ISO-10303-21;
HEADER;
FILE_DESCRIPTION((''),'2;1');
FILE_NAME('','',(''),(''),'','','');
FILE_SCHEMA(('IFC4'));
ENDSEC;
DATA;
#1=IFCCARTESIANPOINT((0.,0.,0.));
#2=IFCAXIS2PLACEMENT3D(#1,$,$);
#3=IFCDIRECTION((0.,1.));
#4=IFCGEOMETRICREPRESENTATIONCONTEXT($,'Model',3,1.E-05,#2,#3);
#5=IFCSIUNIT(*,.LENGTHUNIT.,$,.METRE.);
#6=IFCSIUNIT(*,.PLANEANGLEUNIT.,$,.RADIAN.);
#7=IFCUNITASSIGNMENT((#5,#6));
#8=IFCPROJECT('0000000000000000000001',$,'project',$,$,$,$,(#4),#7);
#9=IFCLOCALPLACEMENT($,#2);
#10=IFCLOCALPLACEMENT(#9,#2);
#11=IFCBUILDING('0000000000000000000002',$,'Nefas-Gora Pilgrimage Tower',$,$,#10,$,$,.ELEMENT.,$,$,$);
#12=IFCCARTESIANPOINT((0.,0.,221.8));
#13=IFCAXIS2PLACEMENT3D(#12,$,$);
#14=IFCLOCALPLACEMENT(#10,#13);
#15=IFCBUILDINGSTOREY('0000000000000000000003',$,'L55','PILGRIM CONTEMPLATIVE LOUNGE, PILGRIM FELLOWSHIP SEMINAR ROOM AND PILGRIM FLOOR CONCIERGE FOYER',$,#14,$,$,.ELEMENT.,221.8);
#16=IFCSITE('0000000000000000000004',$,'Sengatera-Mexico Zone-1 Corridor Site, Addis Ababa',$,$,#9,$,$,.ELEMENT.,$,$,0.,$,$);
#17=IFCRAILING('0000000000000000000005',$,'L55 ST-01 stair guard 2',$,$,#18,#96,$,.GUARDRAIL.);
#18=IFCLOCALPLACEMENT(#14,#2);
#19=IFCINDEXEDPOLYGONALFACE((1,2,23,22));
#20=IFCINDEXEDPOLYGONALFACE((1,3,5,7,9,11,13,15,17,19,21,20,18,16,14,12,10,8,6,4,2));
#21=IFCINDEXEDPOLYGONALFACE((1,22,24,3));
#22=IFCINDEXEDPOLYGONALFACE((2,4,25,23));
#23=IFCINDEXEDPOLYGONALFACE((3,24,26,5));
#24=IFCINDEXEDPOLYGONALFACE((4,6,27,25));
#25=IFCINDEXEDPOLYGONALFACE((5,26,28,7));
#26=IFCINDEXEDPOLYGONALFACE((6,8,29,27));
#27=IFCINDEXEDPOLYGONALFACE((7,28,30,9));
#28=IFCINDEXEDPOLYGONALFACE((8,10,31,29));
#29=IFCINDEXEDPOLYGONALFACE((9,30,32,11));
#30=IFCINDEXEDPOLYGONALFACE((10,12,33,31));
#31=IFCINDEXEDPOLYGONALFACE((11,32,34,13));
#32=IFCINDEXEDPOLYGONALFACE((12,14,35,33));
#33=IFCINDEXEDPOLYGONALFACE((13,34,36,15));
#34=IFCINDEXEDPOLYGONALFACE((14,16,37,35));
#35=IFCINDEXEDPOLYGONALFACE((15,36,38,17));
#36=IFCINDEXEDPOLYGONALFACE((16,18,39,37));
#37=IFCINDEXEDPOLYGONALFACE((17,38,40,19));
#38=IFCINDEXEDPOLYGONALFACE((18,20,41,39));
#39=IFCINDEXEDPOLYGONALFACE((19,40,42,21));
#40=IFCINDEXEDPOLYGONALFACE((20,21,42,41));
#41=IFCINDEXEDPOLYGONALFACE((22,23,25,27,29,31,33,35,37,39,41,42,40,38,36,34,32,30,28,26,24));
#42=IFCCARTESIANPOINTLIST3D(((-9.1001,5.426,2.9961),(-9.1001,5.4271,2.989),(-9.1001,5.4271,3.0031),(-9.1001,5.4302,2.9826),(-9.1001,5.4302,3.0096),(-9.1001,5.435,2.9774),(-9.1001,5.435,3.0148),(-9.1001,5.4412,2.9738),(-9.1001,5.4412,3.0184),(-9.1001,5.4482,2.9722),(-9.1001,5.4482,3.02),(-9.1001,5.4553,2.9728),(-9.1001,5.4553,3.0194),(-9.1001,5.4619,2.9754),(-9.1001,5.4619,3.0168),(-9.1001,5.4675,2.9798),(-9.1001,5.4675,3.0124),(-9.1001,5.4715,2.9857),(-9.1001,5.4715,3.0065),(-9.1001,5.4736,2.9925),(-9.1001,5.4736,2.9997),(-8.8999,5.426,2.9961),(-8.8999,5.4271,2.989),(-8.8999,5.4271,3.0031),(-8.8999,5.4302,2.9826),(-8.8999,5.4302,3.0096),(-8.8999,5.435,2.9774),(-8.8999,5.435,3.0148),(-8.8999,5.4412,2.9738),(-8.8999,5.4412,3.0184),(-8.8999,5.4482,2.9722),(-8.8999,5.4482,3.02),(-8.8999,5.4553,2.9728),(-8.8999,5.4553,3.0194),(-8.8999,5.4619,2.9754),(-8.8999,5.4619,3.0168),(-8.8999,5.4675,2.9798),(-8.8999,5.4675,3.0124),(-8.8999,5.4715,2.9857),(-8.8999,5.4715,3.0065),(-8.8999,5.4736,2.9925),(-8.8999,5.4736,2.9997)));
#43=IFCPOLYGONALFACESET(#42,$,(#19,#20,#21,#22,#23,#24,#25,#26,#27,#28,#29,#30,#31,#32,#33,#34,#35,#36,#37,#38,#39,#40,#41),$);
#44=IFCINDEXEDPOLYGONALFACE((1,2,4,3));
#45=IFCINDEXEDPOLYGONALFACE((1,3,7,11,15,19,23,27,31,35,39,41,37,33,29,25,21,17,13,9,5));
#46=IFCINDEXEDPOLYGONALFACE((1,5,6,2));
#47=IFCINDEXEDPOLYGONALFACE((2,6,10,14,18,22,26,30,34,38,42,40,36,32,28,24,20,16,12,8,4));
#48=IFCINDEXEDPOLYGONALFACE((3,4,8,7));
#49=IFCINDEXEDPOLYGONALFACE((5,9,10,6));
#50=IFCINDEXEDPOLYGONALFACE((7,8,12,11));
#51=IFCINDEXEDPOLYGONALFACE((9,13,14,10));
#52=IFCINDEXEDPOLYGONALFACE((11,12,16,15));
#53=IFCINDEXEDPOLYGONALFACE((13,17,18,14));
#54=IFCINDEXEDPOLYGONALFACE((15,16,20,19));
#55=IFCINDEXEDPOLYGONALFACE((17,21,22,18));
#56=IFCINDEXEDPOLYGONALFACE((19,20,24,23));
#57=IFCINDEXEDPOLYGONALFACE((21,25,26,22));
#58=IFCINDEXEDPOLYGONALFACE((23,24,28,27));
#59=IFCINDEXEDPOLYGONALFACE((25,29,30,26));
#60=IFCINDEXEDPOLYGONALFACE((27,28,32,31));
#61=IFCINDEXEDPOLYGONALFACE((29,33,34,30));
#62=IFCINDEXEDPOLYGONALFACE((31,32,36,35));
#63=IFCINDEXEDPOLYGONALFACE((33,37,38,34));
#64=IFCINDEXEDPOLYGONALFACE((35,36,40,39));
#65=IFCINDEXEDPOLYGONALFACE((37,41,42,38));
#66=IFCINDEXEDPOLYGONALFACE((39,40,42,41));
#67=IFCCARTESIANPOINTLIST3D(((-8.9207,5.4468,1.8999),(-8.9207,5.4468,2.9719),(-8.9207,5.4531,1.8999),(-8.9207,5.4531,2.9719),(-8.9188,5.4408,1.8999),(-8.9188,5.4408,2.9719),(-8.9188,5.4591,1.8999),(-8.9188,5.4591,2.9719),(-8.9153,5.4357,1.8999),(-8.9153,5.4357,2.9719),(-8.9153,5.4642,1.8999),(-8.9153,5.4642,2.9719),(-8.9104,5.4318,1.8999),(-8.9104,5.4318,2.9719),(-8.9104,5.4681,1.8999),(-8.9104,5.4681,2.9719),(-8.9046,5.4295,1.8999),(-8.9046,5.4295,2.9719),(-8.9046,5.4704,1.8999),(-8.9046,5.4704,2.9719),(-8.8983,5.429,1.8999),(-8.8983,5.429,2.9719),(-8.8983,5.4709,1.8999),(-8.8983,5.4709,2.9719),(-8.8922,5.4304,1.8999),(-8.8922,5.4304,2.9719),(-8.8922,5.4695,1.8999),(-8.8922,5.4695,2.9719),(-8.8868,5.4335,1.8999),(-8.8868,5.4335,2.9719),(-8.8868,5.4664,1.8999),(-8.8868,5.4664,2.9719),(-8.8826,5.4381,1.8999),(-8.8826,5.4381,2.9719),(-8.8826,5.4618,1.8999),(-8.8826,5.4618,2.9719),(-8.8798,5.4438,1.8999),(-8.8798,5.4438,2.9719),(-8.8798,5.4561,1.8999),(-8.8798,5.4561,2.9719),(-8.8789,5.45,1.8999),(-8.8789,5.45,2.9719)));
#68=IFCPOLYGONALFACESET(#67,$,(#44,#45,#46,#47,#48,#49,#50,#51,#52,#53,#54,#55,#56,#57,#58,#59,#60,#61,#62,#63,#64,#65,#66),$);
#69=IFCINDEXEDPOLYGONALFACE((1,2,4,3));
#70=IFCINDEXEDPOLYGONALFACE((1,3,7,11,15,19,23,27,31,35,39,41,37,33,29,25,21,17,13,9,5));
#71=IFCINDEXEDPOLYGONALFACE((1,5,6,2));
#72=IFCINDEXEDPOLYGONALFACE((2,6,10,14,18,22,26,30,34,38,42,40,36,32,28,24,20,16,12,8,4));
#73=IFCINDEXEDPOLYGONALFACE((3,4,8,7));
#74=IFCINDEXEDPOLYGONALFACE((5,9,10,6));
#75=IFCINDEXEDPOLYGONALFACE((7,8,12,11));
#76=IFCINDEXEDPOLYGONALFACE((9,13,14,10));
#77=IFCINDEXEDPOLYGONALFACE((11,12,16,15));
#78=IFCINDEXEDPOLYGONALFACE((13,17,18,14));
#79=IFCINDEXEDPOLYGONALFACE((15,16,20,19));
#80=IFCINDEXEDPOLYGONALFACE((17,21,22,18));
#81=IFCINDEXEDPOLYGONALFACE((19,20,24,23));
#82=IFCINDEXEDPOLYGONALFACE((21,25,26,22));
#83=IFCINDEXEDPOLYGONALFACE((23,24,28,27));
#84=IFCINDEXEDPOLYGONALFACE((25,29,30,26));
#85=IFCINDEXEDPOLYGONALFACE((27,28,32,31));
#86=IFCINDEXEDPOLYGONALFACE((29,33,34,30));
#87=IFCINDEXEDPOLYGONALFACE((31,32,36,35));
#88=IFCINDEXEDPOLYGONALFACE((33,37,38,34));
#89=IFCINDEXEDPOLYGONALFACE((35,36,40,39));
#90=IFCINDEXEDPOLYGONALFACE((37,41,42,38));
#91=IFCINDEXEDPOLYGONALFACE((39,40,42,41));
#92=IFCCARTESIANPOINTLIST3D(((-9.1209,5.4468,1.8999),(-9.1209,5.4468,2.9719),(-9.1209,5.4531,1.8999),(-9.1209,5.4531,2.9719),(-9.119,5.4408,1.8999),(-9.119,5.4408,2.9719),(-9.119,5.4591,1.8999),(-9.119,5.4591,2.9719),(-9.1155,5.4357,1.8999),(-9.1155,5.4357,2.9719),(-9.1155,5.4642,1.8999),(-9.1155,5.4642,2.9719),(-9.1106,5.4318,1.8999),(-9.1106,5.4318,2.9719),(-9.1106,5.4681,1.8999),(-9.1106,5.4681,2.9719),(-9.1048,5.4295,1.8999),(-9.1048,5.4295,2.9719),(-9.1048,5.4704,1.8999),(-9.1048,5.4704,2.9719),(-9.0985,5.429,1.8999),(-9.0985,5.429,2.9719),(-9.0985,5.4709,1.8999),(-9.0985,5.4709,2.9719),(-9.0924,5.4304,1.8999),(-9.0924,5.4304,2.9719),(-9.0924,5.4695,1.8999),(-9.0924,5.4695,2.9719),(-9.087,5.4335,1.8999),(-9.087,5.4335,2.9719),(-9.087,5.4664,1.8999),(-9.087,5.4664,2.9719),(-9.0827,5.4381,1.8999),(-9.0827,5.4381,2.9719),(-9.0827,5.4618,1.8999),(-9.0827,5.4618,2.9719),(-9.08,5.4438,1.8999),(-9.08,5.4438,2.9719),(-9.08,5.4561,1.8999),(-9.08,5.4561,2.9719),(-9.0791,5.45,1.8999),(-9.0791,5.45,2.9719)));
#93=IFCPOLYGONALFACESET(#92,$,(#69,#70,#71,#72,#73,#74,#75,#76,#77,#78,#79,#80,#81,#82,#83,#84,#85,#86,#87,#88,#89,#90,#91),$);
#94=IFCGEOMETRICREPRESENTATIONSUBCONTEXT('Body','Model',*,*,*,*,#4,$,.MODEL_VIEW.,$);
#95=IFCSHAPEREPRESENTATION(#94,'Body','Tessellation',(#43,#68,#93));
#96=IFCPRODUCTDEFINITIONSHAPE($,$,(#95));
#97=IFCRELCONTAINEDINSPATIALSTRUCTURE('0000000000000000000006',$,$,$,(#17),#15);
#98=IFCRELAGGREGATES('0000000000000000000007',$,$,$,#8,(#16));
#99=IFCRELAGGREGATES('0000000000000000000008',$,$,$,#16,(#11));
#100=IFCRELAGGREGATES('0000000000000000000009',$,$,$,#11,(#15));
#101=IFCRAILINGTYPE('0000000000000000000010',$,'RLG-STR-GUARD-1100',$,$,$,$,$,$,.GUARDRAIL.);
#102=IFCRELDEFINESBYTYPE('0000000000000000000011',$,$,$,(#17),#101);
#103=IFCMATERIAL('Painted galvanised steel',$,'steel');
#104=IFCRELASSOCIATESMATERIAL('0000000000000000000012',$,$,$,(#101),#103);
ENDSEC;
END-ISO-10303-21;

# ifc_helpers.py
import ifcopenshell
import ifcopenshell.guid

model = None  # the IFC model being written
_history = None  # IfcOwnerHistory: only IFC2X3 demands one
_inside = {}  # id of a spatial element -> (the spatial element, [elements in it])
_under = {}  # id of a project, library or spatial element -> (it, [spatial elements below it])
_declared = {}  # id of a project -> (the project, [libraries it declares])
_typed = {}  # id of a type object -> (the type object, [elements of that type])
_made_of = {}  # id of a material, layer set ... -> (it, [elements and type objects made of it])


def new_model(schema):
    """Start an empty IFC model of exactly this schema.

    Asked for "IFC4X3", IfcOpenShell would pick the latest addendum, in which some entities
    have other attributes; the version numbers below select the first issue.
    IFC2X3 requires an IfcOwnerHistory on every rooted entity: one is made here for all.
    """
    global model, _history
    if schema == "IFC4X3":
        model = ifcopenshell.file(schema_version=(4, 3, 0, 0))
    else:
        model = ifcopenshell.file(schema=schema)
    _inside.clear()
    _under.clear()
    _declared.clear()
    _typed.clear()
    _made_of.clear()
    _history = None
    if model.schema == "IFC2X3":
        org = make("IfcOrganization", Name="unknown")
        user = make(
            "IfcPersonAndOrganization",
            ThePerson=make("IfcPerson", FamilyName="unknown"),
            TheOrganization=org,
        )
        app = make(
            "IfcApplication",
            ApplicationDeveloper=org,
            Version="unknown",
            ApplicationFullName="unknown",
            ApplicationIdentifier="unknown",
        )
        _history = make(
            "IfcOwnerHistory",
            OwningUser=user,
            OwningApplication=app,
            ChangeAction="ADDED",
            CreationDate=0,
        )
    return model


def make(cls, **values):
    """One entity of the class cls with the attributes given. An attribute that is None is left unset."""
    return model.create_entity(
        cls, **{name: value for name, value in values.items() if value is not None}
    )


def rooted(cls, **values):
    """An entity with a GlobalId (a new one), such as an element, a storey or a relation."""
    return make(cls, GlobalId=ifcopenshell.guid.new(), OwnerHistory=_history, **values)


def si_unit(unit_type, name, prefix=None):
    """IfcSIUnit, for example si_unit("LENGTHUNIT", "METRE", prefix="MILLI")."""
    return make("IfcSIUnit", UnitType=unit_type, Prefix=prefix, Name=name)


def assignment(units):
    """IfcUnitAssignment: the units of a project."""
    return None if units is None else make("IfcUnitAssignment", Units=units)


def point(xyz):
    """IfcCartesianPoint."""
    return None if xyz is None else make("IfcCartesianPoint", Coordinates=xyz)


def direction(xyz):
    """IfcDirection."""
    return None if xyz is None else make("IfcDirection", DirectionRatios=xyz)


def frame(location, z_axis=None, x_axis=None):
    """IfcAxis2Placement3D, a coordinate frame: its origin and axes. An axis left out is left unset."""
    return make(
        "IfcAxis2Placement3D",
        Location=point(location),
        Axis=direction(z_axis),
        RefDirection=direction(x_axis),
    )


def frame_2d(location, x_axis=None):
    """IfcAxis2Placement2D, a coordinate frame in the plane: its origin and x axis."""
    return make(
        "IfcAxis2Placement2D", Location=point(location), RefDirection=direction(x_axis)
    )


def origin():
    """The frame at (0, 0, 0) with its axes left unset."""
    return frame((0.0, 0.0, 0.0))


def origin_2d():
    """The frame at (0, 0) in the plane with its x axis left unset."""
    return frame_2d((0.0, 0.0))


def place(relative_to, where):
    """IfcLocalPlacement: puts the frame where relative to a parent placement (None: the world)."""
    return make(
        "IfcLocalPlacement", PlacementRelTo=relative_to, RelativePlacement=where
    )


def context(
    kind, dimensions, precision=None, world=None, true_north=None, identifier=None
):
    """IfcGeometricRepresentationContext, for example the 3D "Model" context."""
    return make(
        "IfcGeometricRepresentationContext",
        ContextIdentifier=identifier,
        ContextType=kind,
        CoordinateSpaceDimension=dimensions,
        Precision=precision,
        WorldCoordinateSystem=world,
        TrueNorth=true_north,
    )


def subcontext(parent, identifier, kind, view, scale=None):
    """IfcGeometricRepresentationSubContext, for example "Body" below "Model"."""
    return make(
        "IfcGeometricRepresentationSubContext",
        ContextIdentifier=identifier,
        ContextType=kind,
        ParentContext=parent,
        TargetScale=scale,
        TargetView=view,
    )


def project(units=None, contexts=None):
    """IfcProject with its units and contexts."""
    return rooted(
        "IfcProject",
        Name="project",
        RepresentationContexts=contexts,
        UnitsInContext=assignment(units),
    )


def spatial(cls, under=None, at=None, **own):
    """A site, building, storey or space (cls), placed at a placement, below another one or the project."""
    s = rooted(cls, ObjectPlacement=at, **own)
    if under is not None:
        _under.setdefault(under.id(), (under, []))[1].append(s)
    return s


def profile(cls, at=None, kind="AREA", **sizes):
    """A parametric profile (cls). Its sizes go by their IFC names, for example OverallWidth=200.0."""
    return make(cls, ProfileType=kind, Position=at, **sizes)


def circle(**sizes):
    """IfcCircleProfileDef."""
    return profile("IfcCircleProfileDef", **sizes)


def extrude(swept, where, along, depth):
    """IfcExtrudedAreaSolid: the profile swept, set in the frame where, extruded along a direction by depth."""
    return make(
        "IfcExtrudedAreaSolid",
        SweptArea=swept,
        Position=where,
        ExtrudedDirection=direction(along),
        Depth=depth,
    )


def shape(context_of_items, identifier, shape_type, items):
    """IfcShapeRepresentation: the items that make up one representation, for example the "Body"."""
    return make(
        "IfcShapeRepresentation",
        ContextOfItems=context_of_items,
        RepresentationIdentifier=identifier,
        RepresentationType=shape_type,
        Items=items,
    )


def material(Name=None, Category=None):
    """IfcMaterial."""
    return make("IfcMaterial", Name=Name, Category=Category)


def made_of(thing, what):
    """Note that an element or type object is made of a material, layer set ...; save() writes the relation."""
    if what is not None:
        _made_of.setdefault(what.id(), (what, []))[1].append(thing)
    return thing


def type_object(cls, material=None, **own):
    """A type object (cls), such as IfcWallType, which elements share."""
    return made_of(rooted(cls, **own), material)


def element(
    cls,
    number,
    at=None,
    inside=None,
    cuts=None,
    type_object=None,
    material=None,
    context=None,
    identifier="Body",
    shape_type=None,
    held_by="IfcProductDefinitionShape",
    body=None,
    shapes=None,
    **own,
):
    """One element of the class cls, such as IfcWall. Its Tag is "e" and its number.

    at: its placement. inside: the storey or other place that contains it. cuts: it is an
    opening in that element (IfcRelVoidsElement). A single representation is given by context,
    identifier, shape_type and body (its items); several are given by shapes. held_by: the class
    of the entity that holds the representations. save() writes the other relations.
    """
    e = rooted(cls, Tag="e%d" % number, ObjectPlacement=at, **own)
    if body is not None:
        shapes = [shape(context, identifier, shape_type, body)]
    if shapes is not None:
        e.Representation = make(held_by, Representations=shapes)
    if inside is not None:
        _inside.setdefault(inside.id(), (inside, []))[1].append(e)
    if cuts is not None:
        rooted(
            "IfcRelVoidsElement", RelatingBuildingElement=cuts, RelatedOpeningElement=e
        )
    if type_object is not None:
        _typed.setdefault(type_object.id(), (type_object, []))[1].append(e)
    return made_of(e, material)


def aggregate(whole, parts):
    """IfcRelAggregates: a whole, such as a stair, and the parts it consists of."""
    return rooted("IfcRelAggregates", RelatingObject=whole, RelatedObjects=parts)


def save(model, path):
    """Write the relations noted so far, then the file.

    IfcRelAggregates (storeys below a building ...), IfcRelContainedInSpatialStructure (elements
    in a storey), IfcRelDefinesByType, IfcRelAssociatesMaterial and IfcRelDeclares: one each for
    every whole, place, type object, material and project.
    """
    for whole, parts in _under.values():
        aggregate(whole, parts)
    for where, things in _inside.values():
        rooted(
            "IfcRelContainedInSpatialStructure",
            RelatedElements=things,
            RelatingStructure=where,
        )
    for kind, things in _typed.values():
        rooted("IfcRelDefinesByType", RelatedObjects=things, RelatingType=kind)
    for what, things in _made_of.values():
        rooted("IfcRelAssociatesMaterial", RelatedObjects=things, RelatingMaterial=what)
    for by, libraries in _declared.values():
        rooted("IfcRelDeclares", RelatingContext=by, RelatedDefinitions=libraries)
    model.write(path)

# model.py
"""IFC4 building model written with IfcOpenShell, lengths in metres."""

from ifc_helpers import new_model, si_unit, direction, frame, origin, origin_2d, place, context, subcontext, project, spatial, circle, extrude, material, type_object, element, save


model = new_model("IFC4")

# Units and contexts
model_context = context("Model", 3, precision=1e-05, world=origin(), true_north=direction((0.0, 1.0)))
body_context = subcontext(model_context, "Body", "Model", "MODEL_VIEW")
ifc_project = project(units=[si_unit("LENGTHUNIT", "METRE"), si_unit("PLANEANGLEUNIT", "RADIAN")], contexts=[model_context])

# Site, building, storey
site_placement = place(None, origin())
site = spatial("IfcSite", under=ifc_project, at=site_placement, Name="Sengatera-Mexico Zone-1 Corridor Site, Addis Ababa", CompositionType="ELEMENT", RefElevation=0.0)
building_placement = place(site_placement, origin())
building = spatial("IfcBuilding", under=site, at=building_placement, Name="Nefas-Gora Pilgrimage Tower", CompositionType="ELEMENT")
storey_placement = place(building_placement, frame((0.0, 0.0, 221.8)))
storey = spatial("IfcBuildingStorey", under=building, at=storey_placement, Name="L55", Description="PILGRIM CONTEMPLATIVE LOUNGE, PILGRIM FELLOWSHIP SEMINAR ROOM AND PILGRIM FLOOR CONCIERGE FOYER", CompositionType="ELEMENT", Elevation=221.8)

# Railing
ifc_material_1 = material(Name="Painted galvanised steel", Category="steel")
railing_type_1 = type_object("IfcRailingType", Name="RLG-STR-GUARD-1100", PredefinedType="GUARDRAIL", material=ifc_material_1)
railing_1_placement = place(storey_placement, frame((-8.8999, 5.45, 1.8999)))
element("IfcRailing", 1, at=railing_1_placement, inside=storey, type_object=railing_type_1, Name="L55 ST-01 stair guard 2", PredefinedType="GUARDRAIL", context=body_context, shape_type="SweptSolid", body=[
    extrude(circle(Radius=0.0239, at=origin_2d()), frame((0.0, 0.0, 1.0962), z_axis=(-1.0, 0.0, 0.0), x_axis=(0.0, -1.0, 0.0)), (0.0, 0.0, 1.0), 0.2002),
    extrude(circle(Radius=0.021, at=origin_2d()), origin(), (0.0, 0.0, 1.0), 1.072),
    extrude(circle(Radius=0.021, at=origin_2d()), frame((-0.2002, 0.0, 0.0)), (0.0, 0.0, 1.0), 1.072),
])

save(model, "model.ifc")
